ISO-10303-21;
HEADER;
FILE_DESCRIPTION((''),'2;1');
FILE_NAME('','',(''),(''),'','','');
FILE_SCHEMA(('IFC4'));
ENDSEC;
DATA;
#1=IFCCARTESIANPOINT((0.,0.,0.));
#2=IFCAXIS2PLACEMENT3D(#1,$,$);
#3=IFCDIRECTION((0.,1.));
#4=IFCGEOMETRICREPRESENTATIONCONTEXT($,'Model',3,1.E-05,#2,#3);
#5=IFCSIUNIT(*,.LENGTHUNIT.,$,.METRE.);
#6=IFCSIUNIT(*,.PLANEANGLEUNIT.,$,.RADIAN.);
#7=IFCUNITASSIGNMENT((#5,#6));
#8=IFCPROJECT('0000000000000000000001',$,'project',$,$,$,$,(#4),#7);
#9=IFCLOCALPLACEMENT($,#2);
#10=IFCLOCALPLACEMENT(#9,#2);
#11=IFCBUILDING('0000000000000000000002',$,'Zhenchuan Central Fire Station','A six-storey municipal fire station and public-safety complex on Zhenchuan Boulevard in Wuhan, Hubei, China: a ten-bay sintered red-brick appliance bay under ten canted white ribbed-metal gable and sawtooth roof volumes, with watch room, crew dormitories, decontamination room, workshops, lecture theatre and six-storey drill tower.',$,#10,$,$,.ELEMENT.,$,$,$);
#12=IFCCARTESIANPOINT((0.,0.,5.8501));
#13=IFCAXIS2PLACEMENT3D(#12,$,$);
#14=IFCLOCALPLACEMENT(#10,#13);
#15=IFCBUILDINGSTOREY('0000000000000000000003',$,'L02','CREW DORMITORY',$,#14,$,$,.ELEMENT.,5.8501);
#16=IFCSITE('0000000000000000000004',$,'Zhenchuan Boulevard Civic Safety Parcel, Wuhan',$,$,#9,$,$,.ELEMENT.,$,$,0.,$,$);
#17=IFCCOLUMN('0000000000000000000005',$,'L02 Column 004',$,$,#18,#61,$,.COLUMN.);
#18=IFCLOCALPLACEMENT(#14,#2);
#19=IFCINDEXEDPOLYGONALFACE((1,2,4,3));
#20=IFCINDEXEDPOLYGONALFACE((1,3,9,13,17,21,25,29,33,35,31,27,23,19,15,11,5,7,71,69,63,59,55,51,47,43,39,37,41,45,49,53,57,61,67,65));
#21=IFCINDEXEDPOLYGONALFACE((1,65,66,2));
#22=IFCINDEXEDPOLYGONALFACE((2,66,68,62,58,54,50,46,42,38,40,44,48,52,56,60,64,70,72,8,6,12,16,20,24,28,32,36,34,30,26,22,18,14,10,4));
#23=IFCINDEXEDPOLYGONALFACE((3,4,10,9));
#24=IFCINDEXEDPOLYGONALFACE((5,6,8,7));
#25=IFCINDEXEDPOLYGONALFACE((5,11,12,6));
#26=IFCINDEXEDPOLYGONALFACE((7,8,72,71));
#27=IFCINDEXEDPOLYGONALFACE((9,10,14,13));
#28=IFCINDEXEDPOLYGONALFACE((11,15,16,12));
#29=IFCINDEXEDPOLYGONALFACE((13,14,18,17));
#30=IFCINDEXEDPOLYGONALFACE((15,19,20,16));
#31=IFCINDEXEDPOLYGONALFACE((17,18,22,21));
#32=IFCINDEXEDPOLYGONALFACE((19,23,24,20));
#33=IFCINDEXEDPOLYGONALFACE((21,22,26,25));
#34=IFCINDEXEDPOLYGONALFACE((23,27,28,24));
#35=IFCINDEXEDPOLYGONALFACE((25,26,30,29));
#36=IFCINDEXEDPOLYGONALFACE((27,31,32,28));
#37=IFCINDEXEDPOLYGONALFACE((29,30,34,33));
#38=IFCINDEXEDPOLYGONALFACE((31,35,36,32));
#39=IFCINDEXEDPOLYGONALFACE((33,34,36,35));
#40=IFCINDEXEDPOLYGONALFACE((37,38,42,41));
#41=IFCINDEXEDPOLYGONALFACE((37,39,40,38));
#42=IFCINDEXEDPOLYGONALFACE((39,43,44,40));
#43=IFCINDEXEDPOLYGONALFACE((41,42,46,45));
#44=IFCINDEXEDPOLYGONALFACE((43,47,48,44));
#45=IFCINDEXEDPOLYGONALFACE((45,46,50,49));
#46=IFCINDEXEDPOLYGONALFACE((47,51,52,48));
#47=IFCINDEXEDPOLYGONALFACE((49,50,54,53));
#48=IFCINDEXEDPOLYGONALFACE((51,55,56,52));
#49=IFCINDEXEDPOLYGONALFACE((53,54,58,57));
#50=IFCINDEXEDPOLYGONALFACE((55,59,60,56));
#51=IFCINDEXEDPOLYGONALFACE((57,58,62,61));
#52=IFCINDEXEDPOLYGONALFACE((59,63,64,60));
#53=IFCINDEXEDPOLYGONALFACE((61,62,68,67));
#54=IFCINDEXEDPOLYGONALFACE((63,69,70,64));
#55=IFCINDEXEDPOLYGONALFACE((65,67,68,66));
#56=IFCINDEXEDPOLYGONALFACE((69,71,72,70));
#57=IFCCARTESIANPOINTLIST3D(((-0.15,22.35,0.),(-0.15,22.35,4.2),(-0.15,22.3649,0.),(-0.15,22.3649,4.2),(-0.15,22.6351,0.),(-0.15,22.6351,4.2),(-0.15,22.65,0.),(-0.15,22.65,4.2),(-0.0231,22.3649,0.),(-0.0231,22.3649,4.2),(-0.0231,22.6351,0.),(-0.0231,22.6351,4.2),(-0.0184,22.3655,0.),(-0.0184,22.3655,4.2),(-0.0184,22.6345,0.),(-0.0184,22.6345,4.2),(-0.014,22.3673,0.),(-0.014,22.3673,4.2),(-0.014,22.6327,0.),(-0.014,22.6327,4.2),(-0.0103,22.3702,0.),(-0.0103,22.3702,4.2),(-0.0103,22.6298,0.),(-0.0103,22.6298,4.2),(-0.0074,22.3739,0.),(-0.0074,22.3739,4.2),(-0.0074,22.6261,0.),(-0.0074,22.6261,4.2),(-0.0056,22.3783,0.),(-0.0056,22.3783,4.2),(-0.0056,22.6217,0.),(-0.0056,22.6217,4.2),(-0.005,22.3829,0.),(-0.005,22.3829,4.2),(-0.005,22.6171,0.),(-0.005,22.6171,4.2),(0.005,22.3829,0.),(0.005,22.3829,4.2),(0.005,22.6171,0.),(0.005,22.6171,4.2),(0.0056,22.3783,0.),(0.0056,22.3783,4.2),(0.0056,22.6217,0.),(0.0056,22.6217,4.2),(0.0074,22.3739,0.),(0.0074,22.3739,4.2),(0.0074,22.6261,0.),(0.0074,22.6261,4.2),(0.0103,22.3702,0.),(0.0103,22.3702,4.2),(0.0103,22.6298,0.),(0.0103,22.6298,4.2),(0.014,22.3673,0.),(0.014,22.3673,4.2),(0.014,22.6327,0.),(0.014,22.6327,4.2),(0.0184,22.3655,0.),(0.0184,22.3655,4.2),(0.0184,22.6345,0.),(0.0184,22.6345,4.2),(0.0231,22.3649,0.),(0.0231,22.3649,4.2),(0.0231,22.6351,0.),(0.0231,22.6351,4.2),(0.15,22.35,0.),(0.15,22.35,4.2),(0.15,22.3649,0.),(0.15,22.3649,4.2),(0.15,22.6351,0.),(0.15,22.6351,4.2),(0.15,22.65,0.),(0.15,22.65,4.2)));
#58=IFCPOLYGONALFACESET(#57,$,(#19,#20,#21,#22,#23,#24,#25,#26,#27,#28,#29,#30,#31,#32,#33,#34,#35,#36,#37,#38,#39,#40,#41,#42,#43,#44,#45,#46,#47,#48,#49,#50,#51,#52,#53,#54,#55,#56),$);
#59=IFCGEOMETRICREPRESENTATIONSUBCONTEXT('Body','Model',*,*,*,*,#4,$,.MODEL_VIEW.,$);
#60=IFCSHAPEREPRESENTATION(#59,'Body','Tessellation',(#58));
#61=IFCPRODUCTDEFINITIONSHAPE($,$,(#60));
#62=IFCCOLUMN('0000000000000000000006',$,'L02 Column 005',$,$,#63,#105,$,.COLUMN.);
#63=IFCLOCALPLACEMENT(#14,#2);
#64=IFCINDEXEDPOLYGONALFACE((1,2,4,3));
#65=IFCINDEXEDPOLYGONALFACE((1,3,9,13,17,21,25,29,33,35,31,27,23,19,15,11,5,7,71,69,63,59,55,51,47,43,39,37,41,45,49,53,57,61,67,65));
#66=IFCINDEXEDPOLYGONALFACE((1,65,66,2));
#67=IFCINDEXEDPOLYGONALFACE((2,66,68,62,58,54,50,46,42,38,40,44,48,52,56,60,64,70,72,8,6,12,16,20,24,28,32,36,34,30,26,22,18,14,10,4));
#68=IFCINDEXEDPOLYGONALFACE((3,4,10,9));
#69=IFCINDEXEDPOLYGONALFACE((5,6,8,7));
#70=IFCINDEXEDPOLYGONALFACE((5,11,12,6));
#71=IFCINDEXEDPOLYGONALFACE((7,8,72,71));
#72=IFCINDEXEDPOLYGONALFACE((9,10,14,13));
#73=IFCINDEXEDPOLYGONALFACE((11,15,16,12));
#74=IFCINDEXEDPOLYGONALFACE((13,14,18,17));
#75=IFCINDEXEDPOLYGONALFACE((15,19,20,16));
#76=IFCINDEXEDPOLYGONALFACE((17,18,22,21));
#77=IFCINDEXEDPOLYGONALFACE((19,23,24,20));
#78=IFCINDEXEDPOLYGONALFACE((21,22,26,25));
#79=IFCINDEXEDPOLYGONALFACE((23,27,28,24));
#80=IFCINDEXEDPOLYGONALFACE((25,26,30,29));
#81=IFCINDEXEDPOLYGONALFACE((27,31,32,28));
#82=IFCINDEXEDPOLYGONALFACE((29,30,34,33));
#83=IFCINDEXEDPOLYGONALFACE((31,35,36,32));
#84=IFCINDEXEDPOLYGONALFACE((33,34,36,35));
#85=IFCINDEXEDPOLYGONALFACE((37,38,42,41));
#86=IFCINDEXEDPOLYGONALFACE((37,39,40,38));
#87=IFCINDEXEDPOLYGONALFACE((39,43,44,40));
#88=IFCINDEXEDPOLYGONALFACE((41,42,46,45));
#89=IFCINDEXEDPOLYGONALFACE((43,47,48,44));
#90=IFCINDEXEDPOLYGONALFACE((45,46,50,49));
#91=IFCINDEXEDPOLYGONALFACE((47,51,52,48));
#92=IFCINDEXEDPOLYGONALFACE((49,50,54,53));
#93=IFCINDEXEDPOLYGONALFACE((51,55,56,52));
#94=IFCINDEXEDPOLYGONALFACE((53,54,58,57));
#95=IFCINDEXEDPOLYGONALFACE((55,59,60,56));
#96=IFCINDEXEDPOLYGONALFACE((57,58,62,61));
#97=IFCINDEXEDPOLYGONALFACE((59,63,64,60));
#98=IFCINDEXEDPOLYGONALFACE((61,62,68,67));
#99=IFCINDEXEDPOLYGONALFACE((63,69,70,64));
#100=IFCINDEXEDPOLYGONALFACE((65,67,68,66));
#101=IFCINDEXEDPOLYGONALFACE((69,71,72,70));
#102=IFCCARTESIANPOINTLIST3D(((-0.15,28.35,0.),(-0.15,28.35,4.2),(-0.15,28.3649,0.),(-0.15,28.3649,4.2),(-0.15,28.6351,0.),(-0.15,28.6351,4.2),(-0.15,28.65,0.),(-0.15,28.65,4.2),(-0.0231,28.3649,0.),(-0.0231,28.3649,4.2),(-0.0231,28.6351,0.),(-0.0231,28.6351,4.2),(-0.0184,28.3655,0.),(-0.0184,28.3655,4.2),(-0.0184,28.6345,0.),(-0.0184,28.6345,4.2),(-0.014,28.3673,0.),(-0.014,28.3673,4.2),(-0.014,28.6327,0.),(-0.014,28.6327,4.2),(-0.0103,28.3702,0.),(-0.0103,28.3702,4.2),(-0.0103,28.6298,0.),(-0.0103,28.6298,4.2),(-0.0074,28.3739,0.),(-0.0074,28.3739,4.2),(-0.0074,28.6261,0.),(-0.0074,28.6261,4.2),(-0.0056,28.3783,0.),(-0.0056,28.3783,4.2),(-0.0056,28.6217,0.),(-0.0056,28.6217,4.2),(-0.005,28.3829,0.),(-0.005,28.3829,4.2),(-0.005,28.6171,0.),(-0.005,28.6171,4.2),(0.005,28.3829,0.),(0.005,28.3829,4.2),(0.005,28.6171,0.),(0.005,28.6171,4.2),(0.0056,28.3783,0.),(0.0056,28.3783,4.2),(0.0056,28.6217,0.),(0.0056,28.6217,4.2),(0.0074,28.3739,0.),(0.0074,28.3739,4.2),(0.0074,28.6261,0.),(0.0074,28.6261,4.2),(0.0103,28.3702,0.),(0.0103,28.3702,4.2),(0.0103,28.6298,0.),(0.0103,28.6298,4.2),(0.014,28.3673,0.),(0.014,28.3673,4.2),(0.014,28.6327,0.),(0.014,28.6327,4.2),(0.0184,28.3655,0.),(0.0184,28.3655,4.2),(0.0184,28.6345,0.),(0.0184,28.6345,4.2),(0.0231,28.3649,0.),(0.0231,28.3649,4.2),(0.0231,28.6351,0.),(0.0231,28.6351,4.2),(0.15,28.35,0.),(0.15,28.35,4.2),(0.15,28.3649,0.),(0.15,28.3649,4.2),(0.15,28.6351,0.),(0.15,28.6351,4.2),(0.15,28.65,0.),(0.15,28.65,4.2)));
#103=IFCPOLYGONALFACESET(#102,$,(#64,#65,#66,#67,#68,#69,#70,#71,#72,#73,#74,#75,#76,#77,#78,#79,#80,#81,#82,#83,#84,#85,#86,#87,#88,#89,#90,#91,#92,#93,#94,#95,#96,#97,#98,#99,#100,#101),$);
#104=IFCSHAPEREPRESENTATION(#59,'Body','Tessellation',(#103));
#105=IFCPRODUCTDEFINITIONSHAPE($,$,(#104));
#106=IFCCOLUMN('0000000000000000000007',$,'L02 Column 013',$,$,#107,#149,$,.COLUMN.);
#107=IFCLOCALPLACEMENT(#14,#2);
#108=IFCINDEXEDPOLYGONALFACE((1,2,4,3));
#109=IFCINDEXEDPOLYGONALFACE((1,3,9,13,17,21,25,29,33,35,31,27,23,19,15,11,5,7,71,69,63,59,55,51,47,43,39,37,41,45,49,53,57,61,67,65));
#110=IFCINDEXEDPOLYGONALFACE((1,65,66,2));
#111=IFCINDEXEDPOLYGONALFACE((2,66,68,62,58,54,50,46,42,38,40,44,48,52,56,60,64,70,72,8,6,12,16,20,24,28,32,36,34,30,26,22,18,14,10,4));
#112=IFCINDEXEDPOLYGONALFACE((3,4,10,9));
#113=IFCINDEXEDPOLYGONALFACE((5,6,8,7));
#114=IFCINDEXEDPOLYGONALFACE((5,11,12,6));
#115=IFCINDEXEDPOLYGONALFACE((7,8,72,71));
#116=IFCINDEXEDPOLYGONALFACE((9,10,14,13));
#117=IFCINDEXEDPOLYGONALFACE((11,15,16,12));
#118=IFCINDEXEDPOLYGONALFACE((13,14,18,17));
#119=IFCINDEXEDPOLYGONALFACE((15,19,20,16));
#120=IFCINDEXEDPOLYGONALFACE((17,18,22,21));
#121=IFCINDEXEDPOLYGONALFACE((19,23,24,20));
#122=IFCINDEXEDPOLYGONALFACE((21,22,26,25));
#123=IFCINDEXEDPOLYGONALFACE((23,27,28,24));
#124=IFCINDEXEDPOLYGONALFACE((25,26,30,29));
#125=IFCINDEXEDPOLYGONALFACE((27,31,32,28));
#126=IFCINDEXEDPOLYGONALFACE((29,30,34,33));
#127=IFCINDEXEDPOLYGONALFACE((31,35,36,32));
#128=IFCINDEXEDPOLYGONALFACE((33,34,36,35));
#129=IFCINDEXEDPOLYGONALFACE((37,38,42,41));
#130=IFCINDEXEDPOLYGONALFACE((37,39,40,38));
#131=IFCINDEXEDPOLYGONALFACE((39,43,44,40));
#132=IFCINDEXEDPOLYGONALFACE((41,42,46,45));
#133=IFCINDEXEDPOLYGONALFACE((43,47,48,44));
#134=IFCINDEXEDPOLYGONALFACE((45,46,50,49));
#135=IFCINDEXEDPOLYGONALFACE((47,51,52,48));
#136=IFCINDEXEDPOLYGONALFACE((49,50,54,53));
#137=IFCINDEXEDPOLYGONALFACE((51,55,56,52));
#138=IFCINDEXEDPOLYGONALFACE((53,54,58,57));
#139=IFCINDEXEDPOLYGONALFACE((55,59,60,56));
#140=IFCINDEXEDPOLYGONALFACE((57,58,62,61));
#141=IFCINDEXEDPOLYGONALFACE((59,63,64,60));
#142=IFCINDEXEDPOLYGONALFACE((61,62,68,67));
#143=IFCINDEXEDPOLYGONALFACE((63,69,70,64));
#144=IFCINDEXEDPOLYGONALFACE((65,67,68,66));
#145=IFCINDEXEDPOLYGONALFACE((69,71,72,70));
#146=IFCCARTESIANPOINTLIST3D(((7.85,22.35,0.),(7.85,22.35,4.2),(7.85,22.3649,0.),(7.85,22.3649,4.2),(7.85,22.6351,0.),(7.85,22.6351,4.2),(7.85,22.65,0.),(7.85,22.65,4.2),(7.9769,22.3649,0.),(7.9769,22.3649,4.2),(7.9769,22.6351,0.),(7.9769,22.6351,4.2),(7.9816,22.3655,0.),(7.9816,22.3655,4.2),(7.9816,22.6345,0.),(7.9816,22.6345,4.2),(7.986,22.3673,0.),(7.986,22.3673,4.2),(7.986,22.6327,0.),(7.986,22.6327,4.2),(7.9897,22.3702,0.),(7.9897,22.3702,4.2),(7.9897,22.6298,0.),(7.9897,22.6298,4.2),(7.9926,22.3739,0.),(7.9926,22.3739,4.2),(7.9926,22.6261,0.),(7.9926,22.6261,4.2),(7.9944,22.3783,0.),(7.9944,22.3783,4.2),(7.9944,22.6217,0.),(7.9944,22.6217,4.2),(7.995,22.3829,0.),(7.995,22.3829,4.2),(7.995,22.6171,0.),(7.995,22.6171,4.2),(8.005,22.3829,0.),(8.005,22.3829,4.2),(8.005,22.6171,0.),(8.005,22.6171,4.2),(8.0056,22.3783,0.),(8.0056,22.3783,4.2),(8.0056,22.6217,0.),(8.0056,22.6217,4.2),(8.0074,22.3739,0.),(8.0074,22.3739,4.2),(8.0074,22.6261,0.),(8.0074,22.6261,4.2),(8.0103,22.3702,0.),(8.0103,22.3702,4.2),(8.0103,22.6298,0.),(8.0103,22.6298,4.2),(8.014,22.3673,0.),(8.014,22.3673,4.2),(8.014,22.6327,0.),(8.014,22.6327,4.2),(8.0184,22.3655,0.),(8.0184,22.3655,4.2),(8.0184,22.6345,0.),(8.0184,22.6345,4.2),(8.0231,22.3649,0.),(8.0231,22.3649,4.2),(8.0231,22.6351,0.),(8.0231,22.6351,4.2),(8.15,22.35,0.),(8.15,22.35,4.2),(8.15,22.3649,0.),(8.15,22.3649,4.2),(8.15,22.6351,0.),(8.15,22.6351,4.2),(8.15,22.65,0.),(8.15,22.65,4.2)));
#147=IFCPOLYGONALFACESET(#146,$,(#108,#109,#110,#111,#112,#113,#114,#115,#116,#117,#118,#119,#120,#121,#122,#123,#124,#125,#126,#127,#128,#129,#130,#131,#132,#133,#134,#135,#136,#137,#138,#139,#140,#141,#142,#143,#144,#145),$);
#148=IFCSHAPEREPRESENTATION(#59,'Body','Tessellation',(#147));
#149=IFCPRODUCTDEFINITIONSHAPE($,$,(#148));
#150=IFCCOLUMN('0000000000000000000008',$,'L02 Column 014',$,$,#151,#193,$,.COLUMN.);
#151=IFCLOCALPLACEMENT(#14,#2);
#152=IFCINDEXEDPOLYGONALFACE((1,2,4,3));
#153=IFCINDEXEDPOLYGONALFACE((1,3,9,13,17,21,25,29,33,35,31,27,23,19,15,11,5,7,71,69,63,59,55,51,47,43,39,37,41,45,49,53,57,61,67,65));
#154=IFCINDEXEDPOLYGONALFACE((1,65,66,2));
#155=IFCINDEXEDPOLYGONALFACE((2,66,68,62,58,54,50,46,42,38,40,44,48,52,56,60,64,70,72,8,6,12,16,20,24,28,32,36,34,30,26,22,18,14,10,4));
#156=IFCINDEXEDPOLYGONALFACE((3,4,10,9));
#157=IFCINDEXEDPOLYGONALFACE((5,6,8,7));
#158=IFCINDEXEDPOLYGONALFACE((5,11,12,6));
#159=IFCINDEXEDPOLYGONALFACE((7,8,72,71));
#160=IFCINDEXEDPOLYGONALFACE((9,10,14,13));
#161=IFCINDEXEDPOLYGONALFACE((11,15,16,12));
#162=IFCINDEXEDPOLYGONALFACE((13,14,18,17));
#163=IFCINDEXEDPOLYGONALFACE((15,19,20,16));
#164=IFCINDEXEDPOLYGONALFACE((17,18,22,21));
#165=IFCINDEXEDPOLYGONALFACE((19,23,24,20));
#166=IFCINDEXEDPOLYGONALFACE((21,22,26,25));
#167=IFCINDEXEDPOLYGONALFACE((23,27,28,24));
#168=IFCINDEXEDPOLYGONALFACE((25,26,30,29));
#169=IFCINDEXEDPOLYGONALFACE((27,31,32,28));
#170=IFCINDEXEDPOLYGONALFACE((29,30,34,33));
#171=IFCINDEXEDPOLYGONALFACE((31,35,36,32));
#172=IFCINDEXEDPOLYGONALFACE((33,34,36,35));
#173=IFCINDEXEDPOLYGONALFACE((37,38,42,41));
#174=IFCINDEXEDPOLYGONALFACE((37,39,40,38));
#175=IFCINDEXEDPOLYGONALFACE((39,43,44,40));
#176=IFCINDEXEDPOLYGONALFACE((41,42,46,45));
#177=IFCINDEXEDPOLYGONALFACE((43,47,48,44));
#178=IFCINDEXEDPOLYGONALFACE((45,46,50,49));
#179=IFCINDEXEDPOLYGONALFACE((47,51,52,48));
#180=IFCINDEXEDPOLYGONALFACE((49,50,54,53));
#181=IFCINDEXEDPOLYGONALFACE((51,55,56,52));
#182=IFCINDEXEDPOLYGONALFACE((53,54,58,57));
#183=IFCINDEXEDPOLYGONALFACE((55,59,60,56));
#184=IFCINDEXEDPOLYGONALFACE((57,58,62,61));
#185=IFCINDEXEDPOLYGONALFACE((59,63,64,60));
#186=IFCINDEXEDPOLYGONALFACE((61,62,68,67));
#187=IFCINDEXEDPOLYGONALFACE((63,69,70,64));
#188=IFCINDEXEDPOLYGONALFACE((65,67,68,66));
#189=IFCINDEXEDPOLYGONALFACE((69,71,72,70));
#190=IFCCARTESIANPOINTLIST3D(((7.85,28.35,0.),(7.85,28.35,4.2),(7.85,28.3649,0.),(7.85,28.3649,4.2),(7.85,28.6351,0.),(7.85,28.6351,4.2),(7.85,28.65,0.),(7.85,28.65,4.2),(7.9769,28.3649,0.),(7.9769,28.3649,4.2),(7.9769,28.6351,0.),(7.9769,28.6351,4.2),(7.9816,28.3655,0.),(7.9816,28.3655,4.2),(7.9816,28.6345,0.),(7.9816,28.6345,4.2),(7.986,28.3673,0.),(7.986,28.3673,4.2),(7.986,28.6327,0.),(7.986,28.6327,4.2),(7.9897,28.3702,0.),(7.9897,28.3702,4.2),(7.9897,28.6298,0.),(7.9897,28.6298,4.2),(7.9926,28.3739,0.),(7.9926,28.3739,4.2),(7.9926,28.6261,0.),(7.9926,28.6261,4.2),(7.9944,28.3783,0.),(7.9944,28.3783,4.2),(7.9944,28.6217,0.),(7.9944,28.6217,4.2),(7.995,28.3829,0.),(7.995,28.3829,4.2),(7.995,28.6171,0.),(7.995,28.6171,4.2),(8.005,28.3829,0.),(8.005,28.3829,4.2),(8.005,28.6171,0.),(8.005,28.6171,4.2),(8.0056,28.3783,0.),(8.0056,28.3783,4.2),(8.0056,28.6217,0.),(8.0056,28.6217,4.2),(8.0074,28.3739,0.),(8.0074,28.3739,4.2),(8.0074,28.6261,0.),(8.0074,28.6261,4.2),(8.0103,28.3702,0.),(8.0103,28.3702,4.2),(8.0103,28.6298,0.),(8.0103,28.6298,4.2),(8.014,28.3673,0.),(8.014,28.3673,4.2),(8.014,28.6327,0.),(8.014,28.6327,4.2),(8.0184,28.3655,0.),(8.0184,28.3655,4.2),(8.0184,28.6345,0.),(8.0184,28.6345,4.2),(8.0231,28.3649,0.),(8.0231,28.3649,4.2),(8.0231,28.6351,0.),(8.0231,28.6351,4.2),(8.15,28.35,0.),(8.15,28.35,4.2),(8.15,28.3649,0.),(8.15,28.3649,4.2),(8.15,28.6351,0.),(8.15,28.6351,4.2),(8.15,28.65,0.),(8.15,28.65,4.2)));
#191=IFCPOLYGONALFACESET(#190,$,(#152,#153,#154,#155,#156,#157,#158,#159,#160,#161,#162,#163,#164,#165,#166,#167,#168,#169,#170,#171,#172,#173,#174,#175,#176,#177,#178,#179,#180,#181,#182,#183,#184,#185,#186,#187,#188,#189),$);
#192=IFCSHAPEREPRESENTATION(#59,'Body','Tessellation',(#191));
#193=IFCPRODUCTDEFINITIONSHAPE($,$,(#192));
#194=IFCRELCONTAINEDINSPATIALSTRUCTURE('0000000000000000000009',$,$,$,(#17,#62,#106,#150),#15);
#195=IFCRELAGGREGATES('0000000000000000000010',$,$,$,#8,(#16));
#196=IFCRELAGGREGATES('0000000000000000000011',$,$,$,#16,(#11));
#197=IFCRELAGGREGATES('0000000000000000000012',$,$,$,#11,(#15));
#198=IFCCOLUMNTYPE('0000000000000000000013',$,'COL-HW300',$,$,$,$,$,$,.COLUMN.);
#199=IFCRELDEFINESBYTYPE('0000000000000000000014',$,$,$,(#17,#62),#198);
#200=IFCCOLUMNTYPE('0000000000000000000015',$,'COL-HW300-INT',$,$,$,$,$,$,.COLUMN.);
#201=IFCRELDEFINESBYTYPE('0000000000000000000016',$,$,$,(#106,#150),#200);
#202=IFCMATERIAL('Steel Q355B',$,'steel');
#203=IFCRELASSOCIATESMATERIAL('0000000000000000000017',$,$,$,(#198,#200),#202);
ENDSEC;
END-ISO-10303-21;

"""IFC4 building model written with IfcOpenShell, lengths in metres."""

from ifc_helpers import new_model, si_unit, direction, frame, origin, origin_2d, place, context, subcontext, project, spatial, i_section, extrude, material, material_profile, profile_set, type_object, element, save


model = new_model("IFC4")

# Units and contexts
model_context = context("Model", 3, precision=1e-05, world=origin(), true_north=direction((0.0, 1.0)))
body_context = subcontext(model_context, "Body", "Model", "MODEL_VIEW")
ifc_project = project(units=[si_unit("LENGTHUNIT", "METRE"), si_unit("PLANEANGLEUNIT", "RADIAN")], contexts=[model_context])

# Site, building, storey
site_placement = place(None, origin())
site = spatial("IfcSite", under=ifc_project, at=site_placement, Name="Zhenchuan Boulevard Civic Safety Parcel, Wuhan", CompositionType="ELEMENT", RefElevation=0.0)
building_placement = place(site_placement, origin())
building = spatial("IfcBuilding", under=site, at=building_placement, Name="Zhenchuan Central Fire Station", Description="A six-storey municipal fire station and public-safety complex on Zhenchuan Boulevard in Wuhan, Hubei, China: a ten-bay sintered red-brick appliance bay under ten canted white ribbed-metal gable and sawtooth roof volumes, with watch room, crew dormitories, decontamination room, workshops, lecture theatre and six-storey drill tower.", CompositionType="ELEMENT")
storey_placement = place(building_placement, frame((0.0, 0.0, 5.8501)))
storey = spatial("IfcBuildingStorey", under=building, at=storey_placement, Name="L02", Description="CREW DORMITORY", CompositionType="ELEMENT", Elevation=5.8501)

# Columns
ifc_material_1 = material(Name="Steel Q355B", Category="steel")
ifc_material_profile_1 = material_profile(ifc_material_1, i_section(OverallWidth=0.3, OverallDepth=0.3, WebThickness=0.01, FlangeThickness=0.0149, FilletRadius=0.0181, at=origin_2d()), Name="HW 300x300")
ifc_profile_set_1 = profile_set([ifc_material_profile_1], Name="Steel Q355B")
column_type_1 = type_object("IfcColumnType", Name="COL-HW300", PredefinedType="COLUMN", material=ifc_profile_set_1)
for number, where, z_axis, x_axis, name in (
    (1, (0.0, 22.5, 0.0), (0.0, 0.0, 1.0), (1.0, 0.0, 0.0), "L02 Column 004"),
    (2, (0.0, 28.5, 0.0), (0.0, 0.0, 1.0), (1.0, 0.0, 0.0), "L02 Column 005"),
):
    element("IfcColumn", number, at=place(storey_placement, frame(where, z_axis=z_axis, x_axis=x_axis)), inside=storey, type_object=column_type_1, Name=name, PredefinedType="COLUMN", context=body_context, shape_type="SweptSolid", body=[
        extrude(i_section(OverallWidth=0.3, OverallDepth=0.3, WebThickness=0.01, FlangeThickness=0.0149, FilletRadius=0.0181, at=origin_2d()), origin(), (0.0, 0.0, 1.0), 4.2),
    ])
ifc_material_profile_2 = material_profile(ifc_material_1, i_section(OverallWidth=0.3, OverallDepth=0.3, WebThickness=0.01, FlangeThickness=0.0149, FilletRadius=0.0181, at=origin_2d()), Name="HW 300x300")
ifc_profile_set_2 = profile_set([ifc_material_profile_2], Name="Steel Q355B")
column_type_2 = type_object("IfcColumnType", Name="COL-HW300-INT", PredefinedType="COLUMN", material=ifc_profile_set_2)
for number, where, z_axis, x_axis, name in (
    (3, (8.0, 22.5, 0.0), (0.0, 0.0, 1.0), (1.0, 0.0, 0.0), "L02 Column 013"),
    (4, (8.0, 28.5, 0.0), (0.0, 0.0, 1.0), (1.0, 0.0, 0.0), "L02 Column 014"),
):
    element("IfcColumn", number, at=place(storey_placement, frame(where, z_axis=z_axis, x_axis=x_axis)), inside=storey, type_object=column_type_2, Name=name, PredefinedType="COLUMN", context=body_context, shape_type="SweptSolid", body=[
        extrude(i_section(OverallWidth=0.3, OverallDepth=0.3, WebThickness=0.01, FlangeThickness=0.0149, FilletRadius=0.0181, at=origin_2d()), origin(), (0.0, 0.0, 1.0), 4.2),
    ])

save(model, "model.ifc")
